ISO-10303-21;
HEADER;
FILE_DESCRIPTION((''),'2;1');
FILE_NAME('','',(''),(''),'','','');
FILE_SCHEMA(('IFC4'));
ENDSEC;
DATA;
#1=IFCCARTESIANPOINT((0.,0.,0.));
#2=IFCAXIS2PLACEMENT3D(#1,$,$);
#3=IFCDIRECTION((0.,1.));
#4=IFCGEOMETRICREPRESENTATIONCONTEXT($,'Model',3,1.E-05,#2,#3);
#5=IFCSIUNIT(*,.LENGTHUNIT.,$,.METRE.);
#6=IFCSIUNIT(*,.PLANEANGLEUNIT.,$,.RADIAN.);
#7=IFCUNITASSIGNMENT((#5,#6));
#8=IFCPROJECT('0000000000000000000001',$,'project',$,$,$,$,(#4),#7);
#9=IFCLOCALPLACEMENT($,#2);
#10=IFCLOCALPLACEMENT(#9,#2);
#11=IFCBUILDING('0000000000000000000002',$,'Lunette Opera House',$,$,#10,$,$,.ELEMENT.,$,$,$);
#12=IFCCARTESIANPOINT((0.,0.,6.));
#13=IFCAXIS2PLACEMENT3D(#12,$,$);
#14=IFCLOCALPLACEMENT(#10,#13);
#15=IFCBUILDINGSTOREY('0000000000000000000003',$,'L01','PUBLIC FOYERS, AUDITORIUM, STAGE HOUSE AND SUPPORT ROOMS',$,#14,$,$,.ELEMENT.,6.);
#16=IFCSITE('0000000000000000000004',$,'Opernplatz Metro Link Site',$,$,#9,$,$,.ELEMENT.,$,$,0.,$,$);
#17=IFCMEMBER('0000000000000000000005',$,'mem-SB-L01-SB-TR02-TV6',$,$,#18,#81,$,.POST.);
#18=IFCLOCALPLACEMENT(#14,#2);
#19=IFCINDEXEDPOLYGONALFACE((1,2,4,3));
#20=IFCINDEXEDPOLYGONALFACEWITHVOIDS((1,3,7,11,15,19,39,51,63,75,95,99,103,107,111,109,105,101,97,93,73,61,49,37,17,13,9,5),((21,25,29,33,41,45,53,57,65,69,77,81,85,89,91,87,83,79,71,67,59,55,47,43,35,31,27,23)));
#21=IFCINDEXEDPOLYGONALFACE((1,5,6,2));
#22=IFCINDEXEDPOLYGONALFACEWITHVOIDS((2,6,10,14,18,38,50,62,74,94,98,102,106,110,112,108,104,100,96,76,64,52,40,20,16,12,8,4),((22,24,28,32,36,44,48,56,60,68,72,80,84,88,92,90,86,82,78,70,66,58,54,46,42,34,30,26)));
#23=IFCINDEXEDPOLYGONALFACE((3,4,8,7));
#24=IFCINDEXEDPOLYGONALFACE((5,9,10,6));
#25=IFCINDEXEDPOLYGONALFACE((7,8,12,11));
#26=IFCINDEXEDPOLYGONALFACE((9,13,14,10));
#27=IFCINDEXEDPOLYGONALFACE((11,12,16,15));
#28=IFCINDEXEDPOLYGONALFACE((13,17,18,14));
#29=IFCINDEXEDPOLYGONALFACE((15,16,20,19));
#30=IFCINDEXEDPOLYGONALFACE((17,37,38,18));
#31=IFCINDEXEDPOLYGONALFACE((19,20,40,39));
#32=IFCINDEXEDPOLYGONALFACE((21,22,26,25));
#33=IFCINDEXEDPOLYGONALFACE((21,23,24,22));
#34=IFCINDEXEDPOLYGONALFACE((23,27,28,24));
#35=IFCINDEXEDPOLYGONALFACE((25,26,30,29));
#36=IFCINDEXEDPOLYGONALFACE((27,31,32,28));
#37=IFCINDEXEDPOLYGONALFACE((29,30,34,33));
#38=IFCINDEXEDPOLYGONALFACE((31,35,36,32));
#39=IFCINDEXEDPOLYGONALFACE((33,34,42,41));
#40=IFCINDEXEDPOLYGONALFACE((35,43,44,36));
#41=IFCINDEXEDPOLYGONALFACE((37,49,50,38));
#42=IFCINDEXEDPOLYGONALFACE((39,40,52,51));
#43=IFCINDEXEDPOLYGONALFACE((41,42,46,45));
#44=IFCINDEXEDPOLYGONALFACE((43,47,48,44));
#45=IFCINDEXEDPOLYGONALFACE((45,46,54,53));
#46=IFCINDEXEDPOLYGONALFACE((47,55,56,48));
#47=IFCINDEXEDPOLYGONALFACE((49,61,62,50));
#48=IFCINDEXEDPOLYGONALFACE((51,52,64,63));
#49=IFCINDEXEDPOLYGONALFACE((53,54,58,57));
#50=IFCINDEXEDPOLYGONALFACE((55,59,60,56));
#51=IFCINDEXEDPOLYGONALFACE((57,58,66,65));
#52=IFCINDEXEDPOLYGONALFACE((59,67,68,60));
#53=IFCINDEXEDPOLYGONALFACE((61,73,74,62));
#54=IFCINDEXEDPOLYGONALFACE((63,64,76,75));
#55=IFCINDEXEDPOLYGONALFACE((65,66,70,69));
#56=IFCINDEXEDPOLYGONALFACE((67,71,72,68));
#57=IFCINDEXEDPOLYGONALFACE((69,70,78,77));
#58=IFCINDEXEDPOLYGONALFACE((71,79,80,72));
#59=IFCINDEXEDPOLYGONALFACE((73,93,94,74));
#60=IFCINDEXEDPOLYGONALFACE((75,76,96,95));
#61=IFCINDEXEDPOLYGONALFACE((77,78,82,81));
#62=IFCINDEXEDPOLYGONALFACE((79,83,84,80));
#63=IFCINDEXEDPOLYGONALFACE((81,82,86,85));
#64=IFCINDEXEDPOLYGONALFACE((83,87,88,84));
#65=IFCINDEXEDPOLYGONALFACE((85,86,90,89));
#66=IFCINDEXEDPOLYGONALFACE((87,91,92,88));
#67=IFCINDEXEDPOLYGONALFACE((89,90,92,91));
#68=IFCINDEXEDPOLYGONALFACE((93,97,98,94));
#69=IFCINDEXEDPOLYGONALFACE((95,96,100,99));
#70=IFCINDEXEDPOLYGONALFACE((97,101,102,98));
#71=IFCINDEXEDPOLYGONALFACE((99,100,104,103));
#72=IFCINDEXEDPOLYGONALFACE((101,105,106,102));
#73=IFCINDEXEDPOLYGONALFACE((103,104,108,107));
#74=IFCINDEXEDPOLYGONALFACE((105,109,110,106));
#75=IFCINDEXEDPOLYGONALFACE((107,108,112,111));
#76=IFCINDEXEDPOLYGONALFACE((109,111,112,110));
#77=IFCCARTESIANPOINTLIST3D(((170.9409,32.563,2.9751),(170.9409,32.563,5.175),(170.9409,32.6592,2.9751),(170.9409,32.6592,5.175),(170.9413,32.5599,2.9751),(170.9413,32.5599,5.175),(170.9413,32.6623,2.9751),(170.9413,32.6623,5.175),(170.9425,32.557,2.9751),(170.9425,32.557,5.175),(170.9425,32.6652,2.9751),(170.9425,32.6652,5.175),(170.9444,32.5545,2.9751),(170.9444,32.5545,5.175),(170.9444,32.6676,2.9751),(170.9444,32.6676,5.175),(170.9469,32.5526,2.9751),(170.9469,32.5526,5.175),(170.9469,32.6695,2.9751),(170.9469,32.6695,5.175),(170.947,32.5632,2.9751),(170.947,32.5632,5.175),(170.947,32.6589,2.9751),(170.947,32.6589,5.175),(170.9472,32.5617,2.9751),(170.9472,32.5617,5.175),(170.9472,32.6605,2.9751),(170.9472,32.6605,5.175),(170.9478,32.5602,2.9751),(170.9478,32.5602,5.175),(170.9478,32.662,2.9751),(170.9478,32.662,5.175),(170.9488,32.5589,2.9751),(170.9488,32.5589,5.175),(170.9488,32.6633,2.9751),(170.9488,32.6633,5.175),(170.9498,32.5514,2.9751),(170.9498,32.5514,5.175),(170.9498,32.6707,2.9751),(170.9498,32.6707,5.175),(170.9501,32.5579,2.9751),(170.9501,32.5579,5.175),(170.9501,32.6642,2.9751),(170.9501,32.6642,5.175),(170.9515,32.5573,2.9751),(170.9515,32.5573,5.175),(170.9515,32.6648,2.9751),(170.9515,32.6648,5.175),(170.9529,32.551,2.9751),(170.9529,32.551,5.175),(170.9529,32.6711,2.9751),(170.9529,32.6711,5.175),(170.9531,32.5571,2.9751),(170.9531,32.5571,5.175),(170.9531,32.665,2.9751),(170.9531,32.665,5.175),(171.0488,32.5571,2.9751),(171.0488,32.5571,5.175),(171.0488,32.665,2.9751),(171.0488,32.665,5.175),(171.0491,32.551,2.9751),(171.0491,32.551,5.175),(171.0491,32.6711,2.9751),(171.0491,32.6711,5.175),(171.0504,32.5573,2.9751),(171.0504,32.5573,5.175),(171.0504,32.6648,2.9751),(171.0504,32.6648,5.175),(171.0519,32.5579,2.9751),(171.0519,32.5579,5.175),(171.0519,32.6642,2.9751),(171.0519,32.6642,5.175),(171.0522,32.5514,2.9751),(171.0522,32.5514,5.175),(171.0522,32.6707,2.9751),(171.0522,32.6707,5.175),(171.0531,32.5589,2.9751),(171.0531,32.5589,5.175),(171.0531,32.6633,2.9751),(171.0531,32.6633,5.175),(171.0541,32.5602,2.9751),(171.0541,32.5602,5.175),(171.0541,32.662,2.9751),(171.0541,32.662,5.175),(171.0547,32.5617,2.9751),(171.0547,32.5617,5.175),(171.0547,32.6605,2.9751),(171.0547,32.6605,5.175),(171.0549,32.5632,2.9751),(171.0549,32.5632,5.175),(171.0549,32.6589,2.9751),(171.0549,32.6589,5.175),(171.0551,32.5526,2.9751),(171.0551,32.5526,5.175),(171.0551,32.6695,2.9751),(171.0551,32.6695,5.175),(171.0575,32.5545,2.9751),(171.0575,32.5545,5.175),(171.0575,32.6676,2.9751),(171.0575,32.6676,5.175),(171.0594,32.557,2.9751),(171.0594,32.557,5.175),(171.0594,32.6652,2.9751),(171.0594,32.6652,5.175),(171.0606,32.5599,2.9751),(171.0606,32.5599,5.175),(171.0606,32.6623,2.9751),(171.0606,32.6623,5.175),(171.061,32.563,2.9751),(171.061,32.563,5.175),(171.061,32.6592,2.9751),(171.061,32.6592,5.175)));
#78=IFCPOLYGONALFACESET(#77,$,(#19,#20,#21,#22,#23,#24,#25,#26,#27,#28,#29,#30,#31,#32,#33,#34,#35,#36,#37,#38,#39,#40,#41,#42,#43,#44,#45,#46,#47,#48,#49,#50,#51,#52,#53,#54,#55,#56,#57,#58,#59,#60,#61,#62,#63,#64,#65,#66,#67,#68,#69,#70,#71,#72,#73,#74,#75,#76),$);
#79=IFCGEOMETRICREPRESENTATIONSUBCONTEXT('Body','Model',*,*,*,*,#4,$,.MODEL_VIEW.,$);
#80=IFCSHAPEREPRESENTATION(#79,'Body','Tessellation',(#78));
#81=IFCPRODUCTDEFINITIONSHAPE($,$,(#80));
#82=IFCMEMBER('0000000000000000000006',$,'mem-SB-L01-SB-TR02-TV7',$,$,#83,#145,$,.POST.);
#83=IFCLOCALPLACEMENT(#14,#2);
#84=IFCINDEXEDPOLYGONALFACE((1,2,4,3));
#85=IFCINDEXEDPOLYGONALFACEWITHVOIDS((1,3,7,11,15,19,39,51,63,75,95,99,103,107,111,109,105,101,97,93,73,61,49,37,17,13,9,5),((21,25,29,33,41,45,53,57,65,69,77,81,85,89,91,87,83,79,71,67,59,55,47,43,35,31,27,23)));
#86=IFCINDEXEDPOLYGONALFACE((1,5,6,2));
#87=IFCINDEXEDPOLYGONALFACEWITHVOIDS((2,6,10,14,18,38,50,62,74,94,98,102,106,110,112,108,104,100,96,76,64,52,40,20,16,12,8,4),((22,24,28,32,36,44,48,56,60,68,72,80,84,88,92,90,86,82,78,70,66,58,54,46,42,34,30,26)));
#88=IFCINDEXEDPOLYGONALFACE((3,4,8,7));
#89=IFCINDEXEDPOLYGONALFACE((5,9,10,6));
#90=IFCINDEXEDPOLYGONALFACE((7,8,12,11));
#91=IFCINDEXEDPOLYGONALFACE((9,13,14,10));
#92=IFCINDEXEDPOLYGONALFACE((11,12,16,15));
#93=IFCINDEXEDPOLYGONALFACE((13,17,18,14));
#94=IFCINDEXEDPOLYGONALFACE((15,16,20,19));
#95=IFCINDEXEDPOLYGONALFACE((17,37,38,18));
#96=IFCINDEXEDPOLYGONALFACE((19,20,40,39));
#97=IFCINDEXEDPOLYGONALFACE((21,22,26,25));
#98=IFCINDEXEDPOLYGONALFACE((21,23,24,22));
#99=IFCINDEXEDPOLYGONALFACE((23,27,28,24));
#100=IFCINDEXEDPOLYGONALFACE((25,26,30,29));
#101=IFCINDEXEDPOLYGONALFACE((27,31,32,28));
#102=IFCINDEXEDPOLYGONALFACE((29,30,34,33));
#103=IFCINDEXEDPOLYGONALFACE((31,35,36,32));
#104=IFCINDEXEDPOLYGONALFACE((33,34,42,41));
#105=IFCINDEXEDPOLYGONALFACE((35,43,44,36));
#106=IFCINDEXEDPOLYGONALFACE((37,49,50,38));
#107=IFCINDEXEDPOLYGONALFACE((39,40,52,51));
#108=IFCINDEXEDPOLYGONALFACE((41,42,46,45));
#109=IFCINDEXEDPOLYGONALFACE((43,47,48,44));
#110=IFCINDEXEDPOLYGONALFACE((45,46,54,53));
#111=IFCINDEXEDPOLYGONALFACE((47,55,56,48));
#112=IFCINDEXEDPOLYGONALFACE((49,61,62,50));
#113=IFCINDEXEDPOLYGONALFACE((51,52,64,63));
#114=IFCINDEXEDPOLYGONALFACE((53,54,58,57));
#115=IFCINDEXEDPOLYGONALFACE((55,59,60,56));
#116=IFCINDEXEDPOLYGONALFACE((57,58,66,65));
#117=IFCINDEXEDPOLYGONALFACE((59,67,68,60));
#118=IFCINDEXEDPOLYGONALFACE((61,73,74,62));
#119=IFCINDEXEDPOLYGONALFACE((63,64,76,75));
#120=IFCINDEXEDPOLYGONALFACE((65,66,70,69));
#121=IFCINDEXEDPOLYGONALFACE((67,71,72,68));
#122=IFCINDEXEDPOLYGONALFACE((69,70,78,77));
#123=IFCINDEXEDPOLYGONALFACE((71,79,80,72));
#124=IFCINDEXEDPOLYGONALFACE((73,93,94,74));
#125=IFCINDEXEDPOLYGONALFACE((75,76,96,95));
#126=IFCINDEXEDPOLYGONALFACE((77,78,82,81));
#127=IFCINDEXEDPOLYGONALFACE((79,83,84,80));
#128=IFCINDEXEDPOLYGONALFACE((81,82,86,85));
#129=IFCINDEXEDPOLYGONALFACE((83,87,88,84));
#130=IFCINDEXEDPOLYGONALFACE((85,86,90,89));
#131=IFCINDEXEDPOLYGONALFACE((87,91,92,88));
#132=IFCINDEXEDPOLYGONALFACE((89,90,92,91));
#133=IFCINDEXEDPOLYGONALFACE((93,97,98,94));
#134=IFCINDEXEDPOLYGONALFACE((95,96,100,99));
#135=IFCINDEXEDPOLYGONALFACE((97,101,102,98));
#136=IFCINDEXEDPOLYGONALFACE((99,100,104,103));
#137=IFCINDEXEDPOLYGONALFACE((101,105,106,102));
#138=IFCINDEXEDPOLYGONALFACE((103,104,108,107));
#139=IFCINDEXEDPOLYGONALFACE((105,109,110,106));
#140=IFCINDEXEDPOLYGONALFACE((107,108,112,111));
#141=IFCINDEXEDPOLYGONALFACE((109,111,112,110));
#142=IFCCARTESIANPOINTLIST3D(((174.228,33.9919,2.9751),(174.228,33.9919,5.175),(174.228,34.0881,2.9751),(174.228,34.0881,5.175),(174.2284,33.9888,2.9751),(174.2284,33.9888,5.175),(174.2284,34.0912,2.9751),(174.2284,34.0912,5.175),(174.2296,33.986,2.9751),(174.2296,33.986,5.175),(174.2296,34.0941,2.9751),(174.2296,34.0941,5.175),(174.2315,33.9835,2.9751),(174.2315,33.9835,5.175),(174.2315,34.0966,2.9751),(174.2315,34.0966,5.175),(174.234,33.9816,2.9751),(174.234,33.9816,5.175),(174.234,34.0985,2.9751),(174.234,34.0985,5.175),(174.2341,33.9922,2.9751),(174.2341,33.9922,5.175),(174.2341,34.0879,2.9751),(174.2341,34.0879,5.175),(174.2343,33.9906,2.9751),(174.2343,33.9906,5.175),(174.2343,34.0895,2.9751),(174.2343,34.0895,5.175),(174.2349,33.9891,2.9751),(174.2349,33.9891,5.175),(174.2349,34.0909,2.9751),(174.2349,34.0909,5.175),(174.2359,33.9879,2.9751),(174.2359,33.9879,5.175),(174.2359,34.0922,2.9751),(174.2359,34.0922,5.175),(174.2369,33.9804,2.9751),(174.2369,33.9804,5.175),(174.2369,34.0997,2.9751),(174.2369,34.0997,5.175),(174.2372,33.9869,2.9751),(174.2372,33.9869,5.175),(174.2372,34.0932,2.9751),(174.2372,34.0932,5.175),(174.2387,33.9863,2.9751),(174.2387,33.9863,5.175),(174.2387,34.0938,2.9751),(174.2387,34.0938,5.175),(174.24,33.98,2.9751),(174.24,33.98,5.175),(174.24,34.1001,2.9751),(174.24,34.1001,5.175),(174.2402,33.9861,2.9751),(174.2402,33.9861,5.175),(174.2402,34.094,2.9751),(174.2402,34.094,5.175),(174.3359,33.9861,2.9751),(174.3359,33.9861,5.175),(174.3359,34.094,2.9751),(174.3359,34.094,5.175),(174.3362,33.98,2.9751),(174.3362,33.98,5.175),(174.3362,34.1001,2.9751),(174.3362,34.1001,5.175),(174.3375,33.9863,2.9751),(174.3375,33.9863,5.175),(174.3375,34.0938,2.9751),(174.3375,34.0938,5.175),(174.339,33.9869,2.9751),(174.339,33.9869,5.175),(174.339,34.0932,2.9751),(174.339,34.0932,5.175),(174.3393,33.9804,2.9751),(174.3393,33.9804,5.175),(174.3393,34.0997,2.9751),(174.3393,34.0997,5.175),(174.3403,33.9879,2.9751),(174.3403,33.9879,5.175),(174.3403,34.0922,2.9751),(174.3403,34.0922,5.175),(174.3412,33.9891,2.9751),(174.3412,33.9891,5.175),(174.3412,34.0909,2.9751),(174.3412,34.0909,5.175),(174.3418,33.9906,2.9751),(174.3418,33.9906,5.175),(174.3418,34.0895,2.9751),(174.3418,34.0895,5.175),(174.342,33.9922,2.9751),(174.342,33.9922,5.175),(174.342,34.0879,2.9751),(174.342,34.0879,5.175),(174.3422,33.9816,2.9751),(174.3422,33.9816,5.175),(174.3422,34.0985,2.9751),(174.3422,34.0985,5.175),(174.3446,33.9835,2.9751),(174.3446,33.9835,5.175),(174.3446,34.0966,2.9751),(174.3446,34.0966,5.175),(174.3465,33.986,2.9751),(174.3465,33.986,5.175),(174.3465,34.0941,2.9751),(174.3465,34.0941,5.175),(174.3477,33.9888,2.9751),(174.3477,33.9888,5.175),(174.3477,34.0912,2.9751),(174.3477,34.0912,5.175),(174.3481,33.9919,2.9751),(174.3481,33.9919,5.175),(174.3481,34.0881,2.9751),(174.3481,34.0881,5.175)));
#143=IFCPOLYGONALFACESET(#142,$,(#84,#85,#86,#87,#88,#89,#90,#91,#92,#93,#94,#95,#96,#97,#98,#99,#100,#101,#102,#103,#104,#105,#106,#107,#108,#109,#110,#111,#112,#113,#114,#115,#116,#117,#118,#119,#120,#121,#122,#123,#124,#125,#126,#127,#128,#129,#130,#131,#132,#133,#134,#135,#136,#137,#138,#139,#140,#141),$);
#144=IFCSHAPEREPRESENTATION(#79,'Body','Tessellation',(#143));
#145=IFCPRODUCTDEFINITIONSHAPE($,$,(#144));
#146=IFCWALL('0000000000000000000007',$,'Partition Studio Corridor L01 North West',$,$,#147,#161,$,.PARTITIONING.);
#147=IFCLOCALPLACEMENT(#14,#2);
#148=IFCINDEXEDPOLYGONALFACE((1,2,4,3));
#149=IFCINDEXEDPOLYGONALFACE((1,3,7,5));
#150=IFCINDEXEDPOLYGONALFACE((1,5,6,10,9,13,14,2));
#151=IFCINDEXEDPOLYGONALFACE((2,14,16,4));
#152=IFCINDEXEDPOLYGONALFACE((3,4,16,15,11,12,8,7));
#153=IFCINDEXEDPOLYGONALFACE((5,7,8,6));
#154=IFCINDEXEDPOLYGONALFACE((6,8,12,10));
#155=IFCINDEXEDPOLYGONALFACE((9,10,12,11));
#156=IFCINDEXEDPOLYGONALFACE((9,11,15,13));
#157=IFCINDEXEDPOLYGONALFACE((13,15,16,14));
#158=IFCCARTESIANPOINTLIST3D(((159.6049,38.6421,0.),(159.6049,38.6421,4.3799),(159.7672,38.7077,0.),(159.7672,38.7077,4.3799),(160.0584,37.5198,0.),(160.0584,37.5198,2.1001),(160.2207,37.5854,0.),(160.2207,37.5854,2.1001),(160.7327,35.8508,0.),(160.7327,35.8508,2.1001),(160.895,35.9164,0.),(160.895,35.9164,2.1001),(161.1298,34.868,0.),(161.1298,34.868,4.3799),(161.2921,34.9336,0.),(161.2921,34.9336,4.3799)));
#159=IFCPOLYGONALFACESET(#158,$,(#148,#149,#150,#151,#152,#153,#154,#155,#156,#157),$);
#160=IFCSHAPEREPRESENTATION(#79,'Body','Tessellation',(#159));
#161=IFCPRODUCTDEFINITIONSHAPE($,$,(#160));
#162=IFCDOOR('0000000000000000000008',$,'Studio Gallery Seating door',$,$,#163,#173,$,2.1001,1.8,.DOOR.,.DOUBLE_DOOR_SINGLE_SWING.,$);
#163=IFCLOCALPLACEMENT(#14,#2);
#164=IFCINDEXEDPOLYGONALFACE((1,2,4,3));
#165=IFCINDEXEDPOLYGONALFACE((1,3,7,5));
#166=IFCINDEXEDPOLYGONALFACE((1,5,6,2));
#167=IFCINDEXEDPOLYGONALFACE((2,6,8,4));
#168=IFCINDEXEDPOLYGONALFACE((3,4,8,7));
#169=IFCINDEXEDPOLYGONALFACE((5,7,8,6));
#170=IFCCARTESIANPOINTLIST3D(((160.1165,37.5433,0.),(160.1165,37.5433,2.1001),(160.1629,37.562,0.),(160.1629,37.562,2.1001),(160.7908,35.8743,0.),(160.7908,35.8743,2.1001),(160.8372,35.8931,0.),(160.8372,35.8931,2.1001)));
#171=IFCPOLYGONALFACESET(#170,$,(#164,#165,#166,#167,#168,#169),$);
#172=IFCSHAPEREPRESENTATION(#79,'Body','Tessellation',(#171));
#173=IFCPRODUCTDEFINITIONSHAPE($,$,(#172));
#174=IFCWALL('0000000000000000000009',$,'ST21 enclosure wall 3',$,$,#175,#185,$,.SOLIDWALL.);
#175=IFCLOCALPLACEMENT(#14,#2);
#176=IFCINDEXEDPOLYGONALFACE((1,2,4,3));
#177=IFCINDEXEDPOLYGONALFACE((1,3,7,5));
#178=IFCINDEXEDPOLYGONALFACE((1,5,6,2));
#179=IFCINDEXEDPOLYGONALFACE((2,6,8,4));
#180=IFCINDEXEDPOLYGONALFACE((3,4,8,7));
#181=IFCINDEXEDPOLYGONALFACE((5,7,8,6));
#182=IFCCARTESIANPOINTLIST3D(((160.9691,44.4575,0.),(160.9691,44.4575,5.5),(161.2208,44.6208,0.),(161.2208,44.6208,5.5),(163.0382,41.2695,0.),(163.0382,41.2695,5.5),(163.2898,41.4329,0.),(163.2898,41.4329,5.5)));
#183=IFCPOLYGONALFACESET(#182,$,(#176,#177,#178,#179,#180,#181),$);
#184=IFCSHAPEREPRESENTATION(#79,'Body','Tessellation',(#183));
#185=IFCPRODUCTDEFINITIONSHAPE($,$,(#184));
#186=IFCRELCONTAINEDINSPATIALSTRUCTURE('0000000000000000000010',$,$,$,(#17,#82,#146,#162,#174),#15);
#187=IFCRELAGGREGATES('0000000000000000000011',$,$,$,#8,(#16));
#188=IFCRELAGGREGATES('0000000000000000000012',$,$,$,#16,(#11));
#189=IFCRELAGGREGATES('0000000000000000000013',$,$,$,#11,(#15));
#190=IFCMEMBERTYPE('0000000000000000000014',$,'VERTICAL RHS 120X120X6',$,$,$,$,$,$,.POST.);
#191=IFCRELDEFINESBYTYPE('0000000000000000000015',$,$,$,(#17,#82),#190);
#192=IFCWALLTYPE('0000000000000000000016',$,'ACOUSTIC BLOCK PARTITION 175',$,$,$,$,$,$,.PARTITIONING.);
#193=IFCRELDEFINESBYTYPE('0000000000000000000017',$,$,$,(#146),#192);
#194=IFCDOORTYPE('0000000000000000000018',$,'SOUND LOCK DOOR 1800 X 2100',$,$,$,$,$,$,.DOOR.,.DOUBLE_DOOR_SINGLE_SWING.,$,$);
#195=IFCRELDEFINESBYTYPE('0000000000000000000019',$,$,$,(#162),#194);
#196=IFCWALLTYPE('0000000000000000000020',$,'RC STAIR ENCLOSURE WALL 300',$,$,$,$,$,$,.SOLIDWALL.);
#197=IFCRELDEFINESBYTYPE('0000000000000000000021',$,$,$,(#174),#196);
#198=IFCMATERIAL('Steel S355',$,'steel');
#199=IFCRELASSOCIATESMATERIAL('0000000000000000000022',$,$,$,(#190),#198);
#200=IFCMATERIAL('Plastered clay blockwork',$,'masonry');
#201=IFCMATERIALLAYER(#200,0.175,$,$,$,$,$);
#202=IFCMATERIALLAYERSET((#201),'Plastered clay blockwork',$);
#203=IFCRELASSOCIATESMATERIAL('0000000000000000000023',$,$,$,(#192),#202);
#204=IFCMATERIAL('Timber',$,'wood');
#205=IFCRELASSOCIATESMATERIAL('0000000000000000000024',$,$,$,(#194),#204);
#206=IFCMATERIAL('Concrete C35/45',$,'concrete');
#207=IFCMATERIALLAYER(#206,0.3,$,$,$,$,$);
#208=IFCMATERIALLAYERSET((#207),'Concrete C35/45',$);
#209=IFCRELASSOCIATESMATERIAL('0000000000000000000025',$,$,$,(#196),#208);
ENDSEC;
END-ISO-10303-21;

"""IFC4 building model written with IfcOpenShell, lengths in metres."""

from ifc_helpers import new_model, si_unit, direction, frame, frame_2d, origin, origin_2d, place, context, subcontext, project, spatial, rectangle, hollow_rectangle, extrude, material, layer, layer_set, material_profile, profile_set, type_object, element, fill, save


model = new_model("IFC4")

# Units and contexts
model_context = context("Model", 3, precision=1e-05, world=origin(), true_north=direction((0.0, 1.0)))
body_context = subcontext(model_context, "Body", "Model", "MODEL_VIEW")
ifc_project = project(units=[si_unit("LENGTHUNIT", "METRE"), si_unit("PLANEANGLEUNIT", "RADIAN")], contexts=[model_context])

# Site, building, storey
site_placement = place(None, origin())
site = spatial("IfcSite", under=ifc_project, at=site_placement, Name="Opernplatz Metro Link Site", CompositionType="ELEMENT", RefElevation=0.0)
building_placement = place(site_placement, origin())
building = spatial("IfcBuilding", under=site, at=building_placement, Name="Lunette Opera House", CompositionType="ELEMENT")
storey_placement = place(building_placement, frame((0.0, 0.0, 6.0)))
storey = spatial("IfcBuildingStorey", under=building, at=storey_placement, Name="L01", Description="PUBLIC FOYERS, AUDITORIUM, STAGE HOUSE AND SUPPORT ROOMS", CompositionType="ELEMENT", Elevation=6.0)

# Members
ifc_material_1 = material(Name="Steel S355", Category="steel")
ifc_material_profile_1 = material_profile(ifc_material_1, hollow_rectangle(XDim=0.1201, YDim=0.1201, WallThickness=0.0061, InnerFilletRadius=0.0061, OuterFilletRadius=0.012, at=origin_2d()), Name="RHS 120X120X6")
ifc_profile_set_1 = profile_set([ifc_material_profile_1], Name="Steel S355")
member_type_1 = type_object("IfcMemberType", Name="VERTICAL RHS 120X120X6", PredefinedType="POST", material=ifc_profile_set_1)
for number, where, z_axis, x_axis, name in (
    (1, (171.001, 32.6111, 2.9751), (0.0, 0.0, 1.0), (1.0, 0.0, 0.0), "mem-SB-L01-SB-TR02-TV6"),
    (2, (174.2881, 34.04, 2.9751), (0.0, 0.0, 1.0), (1.0, 0.0, 0.0), "mem-SB-L01-SB-TR02-TV7"),
):
    element("IfcMember", number, at=place(storey_placement, frame(where, z_axis=z_axis, x_axis=x_axis)), inside=storey, type_object=member_type_1, Name=name, PredefinedType="POST", context=body_context, shape_type="SweptSolid", body=[
        extrude(hollow_rectangle(XDim=0.1201, YDim=0.1201, WallThickness=0.0061, InnerFilletRadius=0.0061, OuterFilletRadius=0.012, at=origin_2d()), origin(), (0.0, 0.0, 1.0), 2.2),
    ])

# Wall, opening, door
ifc_material_2 = material(Name="Plastered clay blockwork", Category="masonry")
ifc_layer_1 = layer(ifc_material_2, 0.175)
ifc_layer_set_1 = layer_set([ifc_layer_1], Name="Plastered clay blockwork")
wall_type_1 = type_object("IfcWallType", Name="ACOUSTIC BLOCK PARTITION 175", PredefinedType="PARTITIONING", material=ifc_layer_set_1)
wall_1_placement = place(storey_placement, frame((161.2109, 34.9009, 0.0), z_axis=(0.0, 0.0, 1.0), x_axis=(-0.374615, 0.927181, 0.0)))
wall_1 = element("IfcWall", 3, at=wall_1_placement, inside=storey, type_object=wall_type_1, Name="Partition Studio Corridor L01 North West", PredefinedType="PARTITIONING", context=body_context, shape_type="SweptSolid", body=[
    extrude(rectangle(XDim=4.0706, YDim=0.175, at=frame_2d((2.0352, 0.0))), origin(), (0.0, 0.0, 1.0), 4.3799),
])
opening_1_placement = place(wall_1_placement, frame((1.0601, 0.0, 0.0)))
opening_1 = element("IfcOpeningElement", 4, at=opening_1_placement, cuts=wall_1, PredefinedType="OPENING", context=body_context, shape_type="SweptSolid", body=[
    extrude(rectangle(XDim=1.8, YDim=2.1001, at=frame_2d((0.8999, 1.05))), frame((0.0, 0.0996, 0.0), z_axis=(0.0, -1.0, 0.0), x_axis=(1.0, 0.0, 0.0)), (0.0, 0.0, 1.0), 0.199),
])
ifc_material_3 = material(Name="Timber", Category="wood")
door_type = type_object("IfcDoorType", Name="SOUND LOCK DOOR 1800 X 2100", OperationType="DOUBLE_DOOR_SINGLE_SWING", PredefinedType="DOOR", material=ifc_material_3)
door_placement = place(opening_1_placement, origin())
door = element("IfcDoor", 5, at=door_placement, inside=storey, type_object=door_type, Name="Studio Gallery Seating door", OperationType="DOUBLE_DOOR_SINGLE_SWING", OverallHeight=2.1001, OverallWidth=1.8, PredefinedType="DOOR", context=body_context, shape_type="SweptSolid", body=[
    extrude(rectangle(XDim=1.8, YDim=2.1001, at=frame_2d((0.8999, 1.05))), frame((0.0, 0.0249, 0.0), z_axis=(0.0, -1.0, 0.0), x_axis=(1.0, 0.0, 0.0)), (0.0, 0.0, 1.0), 0.05),
])
fill(opening_1, door)

# Wall
ifc_material_4 = material(Name="Concrete C35/45", Category="concrete")
ifc_layer_2 = layer(ifc_material_4, 0.3)
ifc_layer_set_2 = layer_set([ifc_layer_2], Name="Concrete C35/45")
wall_type_2 = type_object("IfcWallType", Name="RC STAIR ENCLOSURE WALL 300", PredefinedType="SOLIDWALL", material=ifc_layer_set_2)
wall_2_placement = place(storey_placement, frame((163.1641, 41.3511, 0.0), z_axis=(0.0, 0.0, 1.0), x_axis=(-0.544415, 0.838816, 0.0)))
element("IfcWall", 6, at=wall_2_placement, inside=storey, type_object=wall_type_2, Name="ST21 enclosure wall 3", PredefinedType="SOLIDWALL", context=body_context, shape_type="SweptSolid", body=[
    extrude(rectangle(XDim=3.8005, YDim=0.3, at=frame_2d((1.9004, 0.0))), origin(), (0.0, 0.0, 1.0), 5.5),
])

save(model, "model.ifc")
